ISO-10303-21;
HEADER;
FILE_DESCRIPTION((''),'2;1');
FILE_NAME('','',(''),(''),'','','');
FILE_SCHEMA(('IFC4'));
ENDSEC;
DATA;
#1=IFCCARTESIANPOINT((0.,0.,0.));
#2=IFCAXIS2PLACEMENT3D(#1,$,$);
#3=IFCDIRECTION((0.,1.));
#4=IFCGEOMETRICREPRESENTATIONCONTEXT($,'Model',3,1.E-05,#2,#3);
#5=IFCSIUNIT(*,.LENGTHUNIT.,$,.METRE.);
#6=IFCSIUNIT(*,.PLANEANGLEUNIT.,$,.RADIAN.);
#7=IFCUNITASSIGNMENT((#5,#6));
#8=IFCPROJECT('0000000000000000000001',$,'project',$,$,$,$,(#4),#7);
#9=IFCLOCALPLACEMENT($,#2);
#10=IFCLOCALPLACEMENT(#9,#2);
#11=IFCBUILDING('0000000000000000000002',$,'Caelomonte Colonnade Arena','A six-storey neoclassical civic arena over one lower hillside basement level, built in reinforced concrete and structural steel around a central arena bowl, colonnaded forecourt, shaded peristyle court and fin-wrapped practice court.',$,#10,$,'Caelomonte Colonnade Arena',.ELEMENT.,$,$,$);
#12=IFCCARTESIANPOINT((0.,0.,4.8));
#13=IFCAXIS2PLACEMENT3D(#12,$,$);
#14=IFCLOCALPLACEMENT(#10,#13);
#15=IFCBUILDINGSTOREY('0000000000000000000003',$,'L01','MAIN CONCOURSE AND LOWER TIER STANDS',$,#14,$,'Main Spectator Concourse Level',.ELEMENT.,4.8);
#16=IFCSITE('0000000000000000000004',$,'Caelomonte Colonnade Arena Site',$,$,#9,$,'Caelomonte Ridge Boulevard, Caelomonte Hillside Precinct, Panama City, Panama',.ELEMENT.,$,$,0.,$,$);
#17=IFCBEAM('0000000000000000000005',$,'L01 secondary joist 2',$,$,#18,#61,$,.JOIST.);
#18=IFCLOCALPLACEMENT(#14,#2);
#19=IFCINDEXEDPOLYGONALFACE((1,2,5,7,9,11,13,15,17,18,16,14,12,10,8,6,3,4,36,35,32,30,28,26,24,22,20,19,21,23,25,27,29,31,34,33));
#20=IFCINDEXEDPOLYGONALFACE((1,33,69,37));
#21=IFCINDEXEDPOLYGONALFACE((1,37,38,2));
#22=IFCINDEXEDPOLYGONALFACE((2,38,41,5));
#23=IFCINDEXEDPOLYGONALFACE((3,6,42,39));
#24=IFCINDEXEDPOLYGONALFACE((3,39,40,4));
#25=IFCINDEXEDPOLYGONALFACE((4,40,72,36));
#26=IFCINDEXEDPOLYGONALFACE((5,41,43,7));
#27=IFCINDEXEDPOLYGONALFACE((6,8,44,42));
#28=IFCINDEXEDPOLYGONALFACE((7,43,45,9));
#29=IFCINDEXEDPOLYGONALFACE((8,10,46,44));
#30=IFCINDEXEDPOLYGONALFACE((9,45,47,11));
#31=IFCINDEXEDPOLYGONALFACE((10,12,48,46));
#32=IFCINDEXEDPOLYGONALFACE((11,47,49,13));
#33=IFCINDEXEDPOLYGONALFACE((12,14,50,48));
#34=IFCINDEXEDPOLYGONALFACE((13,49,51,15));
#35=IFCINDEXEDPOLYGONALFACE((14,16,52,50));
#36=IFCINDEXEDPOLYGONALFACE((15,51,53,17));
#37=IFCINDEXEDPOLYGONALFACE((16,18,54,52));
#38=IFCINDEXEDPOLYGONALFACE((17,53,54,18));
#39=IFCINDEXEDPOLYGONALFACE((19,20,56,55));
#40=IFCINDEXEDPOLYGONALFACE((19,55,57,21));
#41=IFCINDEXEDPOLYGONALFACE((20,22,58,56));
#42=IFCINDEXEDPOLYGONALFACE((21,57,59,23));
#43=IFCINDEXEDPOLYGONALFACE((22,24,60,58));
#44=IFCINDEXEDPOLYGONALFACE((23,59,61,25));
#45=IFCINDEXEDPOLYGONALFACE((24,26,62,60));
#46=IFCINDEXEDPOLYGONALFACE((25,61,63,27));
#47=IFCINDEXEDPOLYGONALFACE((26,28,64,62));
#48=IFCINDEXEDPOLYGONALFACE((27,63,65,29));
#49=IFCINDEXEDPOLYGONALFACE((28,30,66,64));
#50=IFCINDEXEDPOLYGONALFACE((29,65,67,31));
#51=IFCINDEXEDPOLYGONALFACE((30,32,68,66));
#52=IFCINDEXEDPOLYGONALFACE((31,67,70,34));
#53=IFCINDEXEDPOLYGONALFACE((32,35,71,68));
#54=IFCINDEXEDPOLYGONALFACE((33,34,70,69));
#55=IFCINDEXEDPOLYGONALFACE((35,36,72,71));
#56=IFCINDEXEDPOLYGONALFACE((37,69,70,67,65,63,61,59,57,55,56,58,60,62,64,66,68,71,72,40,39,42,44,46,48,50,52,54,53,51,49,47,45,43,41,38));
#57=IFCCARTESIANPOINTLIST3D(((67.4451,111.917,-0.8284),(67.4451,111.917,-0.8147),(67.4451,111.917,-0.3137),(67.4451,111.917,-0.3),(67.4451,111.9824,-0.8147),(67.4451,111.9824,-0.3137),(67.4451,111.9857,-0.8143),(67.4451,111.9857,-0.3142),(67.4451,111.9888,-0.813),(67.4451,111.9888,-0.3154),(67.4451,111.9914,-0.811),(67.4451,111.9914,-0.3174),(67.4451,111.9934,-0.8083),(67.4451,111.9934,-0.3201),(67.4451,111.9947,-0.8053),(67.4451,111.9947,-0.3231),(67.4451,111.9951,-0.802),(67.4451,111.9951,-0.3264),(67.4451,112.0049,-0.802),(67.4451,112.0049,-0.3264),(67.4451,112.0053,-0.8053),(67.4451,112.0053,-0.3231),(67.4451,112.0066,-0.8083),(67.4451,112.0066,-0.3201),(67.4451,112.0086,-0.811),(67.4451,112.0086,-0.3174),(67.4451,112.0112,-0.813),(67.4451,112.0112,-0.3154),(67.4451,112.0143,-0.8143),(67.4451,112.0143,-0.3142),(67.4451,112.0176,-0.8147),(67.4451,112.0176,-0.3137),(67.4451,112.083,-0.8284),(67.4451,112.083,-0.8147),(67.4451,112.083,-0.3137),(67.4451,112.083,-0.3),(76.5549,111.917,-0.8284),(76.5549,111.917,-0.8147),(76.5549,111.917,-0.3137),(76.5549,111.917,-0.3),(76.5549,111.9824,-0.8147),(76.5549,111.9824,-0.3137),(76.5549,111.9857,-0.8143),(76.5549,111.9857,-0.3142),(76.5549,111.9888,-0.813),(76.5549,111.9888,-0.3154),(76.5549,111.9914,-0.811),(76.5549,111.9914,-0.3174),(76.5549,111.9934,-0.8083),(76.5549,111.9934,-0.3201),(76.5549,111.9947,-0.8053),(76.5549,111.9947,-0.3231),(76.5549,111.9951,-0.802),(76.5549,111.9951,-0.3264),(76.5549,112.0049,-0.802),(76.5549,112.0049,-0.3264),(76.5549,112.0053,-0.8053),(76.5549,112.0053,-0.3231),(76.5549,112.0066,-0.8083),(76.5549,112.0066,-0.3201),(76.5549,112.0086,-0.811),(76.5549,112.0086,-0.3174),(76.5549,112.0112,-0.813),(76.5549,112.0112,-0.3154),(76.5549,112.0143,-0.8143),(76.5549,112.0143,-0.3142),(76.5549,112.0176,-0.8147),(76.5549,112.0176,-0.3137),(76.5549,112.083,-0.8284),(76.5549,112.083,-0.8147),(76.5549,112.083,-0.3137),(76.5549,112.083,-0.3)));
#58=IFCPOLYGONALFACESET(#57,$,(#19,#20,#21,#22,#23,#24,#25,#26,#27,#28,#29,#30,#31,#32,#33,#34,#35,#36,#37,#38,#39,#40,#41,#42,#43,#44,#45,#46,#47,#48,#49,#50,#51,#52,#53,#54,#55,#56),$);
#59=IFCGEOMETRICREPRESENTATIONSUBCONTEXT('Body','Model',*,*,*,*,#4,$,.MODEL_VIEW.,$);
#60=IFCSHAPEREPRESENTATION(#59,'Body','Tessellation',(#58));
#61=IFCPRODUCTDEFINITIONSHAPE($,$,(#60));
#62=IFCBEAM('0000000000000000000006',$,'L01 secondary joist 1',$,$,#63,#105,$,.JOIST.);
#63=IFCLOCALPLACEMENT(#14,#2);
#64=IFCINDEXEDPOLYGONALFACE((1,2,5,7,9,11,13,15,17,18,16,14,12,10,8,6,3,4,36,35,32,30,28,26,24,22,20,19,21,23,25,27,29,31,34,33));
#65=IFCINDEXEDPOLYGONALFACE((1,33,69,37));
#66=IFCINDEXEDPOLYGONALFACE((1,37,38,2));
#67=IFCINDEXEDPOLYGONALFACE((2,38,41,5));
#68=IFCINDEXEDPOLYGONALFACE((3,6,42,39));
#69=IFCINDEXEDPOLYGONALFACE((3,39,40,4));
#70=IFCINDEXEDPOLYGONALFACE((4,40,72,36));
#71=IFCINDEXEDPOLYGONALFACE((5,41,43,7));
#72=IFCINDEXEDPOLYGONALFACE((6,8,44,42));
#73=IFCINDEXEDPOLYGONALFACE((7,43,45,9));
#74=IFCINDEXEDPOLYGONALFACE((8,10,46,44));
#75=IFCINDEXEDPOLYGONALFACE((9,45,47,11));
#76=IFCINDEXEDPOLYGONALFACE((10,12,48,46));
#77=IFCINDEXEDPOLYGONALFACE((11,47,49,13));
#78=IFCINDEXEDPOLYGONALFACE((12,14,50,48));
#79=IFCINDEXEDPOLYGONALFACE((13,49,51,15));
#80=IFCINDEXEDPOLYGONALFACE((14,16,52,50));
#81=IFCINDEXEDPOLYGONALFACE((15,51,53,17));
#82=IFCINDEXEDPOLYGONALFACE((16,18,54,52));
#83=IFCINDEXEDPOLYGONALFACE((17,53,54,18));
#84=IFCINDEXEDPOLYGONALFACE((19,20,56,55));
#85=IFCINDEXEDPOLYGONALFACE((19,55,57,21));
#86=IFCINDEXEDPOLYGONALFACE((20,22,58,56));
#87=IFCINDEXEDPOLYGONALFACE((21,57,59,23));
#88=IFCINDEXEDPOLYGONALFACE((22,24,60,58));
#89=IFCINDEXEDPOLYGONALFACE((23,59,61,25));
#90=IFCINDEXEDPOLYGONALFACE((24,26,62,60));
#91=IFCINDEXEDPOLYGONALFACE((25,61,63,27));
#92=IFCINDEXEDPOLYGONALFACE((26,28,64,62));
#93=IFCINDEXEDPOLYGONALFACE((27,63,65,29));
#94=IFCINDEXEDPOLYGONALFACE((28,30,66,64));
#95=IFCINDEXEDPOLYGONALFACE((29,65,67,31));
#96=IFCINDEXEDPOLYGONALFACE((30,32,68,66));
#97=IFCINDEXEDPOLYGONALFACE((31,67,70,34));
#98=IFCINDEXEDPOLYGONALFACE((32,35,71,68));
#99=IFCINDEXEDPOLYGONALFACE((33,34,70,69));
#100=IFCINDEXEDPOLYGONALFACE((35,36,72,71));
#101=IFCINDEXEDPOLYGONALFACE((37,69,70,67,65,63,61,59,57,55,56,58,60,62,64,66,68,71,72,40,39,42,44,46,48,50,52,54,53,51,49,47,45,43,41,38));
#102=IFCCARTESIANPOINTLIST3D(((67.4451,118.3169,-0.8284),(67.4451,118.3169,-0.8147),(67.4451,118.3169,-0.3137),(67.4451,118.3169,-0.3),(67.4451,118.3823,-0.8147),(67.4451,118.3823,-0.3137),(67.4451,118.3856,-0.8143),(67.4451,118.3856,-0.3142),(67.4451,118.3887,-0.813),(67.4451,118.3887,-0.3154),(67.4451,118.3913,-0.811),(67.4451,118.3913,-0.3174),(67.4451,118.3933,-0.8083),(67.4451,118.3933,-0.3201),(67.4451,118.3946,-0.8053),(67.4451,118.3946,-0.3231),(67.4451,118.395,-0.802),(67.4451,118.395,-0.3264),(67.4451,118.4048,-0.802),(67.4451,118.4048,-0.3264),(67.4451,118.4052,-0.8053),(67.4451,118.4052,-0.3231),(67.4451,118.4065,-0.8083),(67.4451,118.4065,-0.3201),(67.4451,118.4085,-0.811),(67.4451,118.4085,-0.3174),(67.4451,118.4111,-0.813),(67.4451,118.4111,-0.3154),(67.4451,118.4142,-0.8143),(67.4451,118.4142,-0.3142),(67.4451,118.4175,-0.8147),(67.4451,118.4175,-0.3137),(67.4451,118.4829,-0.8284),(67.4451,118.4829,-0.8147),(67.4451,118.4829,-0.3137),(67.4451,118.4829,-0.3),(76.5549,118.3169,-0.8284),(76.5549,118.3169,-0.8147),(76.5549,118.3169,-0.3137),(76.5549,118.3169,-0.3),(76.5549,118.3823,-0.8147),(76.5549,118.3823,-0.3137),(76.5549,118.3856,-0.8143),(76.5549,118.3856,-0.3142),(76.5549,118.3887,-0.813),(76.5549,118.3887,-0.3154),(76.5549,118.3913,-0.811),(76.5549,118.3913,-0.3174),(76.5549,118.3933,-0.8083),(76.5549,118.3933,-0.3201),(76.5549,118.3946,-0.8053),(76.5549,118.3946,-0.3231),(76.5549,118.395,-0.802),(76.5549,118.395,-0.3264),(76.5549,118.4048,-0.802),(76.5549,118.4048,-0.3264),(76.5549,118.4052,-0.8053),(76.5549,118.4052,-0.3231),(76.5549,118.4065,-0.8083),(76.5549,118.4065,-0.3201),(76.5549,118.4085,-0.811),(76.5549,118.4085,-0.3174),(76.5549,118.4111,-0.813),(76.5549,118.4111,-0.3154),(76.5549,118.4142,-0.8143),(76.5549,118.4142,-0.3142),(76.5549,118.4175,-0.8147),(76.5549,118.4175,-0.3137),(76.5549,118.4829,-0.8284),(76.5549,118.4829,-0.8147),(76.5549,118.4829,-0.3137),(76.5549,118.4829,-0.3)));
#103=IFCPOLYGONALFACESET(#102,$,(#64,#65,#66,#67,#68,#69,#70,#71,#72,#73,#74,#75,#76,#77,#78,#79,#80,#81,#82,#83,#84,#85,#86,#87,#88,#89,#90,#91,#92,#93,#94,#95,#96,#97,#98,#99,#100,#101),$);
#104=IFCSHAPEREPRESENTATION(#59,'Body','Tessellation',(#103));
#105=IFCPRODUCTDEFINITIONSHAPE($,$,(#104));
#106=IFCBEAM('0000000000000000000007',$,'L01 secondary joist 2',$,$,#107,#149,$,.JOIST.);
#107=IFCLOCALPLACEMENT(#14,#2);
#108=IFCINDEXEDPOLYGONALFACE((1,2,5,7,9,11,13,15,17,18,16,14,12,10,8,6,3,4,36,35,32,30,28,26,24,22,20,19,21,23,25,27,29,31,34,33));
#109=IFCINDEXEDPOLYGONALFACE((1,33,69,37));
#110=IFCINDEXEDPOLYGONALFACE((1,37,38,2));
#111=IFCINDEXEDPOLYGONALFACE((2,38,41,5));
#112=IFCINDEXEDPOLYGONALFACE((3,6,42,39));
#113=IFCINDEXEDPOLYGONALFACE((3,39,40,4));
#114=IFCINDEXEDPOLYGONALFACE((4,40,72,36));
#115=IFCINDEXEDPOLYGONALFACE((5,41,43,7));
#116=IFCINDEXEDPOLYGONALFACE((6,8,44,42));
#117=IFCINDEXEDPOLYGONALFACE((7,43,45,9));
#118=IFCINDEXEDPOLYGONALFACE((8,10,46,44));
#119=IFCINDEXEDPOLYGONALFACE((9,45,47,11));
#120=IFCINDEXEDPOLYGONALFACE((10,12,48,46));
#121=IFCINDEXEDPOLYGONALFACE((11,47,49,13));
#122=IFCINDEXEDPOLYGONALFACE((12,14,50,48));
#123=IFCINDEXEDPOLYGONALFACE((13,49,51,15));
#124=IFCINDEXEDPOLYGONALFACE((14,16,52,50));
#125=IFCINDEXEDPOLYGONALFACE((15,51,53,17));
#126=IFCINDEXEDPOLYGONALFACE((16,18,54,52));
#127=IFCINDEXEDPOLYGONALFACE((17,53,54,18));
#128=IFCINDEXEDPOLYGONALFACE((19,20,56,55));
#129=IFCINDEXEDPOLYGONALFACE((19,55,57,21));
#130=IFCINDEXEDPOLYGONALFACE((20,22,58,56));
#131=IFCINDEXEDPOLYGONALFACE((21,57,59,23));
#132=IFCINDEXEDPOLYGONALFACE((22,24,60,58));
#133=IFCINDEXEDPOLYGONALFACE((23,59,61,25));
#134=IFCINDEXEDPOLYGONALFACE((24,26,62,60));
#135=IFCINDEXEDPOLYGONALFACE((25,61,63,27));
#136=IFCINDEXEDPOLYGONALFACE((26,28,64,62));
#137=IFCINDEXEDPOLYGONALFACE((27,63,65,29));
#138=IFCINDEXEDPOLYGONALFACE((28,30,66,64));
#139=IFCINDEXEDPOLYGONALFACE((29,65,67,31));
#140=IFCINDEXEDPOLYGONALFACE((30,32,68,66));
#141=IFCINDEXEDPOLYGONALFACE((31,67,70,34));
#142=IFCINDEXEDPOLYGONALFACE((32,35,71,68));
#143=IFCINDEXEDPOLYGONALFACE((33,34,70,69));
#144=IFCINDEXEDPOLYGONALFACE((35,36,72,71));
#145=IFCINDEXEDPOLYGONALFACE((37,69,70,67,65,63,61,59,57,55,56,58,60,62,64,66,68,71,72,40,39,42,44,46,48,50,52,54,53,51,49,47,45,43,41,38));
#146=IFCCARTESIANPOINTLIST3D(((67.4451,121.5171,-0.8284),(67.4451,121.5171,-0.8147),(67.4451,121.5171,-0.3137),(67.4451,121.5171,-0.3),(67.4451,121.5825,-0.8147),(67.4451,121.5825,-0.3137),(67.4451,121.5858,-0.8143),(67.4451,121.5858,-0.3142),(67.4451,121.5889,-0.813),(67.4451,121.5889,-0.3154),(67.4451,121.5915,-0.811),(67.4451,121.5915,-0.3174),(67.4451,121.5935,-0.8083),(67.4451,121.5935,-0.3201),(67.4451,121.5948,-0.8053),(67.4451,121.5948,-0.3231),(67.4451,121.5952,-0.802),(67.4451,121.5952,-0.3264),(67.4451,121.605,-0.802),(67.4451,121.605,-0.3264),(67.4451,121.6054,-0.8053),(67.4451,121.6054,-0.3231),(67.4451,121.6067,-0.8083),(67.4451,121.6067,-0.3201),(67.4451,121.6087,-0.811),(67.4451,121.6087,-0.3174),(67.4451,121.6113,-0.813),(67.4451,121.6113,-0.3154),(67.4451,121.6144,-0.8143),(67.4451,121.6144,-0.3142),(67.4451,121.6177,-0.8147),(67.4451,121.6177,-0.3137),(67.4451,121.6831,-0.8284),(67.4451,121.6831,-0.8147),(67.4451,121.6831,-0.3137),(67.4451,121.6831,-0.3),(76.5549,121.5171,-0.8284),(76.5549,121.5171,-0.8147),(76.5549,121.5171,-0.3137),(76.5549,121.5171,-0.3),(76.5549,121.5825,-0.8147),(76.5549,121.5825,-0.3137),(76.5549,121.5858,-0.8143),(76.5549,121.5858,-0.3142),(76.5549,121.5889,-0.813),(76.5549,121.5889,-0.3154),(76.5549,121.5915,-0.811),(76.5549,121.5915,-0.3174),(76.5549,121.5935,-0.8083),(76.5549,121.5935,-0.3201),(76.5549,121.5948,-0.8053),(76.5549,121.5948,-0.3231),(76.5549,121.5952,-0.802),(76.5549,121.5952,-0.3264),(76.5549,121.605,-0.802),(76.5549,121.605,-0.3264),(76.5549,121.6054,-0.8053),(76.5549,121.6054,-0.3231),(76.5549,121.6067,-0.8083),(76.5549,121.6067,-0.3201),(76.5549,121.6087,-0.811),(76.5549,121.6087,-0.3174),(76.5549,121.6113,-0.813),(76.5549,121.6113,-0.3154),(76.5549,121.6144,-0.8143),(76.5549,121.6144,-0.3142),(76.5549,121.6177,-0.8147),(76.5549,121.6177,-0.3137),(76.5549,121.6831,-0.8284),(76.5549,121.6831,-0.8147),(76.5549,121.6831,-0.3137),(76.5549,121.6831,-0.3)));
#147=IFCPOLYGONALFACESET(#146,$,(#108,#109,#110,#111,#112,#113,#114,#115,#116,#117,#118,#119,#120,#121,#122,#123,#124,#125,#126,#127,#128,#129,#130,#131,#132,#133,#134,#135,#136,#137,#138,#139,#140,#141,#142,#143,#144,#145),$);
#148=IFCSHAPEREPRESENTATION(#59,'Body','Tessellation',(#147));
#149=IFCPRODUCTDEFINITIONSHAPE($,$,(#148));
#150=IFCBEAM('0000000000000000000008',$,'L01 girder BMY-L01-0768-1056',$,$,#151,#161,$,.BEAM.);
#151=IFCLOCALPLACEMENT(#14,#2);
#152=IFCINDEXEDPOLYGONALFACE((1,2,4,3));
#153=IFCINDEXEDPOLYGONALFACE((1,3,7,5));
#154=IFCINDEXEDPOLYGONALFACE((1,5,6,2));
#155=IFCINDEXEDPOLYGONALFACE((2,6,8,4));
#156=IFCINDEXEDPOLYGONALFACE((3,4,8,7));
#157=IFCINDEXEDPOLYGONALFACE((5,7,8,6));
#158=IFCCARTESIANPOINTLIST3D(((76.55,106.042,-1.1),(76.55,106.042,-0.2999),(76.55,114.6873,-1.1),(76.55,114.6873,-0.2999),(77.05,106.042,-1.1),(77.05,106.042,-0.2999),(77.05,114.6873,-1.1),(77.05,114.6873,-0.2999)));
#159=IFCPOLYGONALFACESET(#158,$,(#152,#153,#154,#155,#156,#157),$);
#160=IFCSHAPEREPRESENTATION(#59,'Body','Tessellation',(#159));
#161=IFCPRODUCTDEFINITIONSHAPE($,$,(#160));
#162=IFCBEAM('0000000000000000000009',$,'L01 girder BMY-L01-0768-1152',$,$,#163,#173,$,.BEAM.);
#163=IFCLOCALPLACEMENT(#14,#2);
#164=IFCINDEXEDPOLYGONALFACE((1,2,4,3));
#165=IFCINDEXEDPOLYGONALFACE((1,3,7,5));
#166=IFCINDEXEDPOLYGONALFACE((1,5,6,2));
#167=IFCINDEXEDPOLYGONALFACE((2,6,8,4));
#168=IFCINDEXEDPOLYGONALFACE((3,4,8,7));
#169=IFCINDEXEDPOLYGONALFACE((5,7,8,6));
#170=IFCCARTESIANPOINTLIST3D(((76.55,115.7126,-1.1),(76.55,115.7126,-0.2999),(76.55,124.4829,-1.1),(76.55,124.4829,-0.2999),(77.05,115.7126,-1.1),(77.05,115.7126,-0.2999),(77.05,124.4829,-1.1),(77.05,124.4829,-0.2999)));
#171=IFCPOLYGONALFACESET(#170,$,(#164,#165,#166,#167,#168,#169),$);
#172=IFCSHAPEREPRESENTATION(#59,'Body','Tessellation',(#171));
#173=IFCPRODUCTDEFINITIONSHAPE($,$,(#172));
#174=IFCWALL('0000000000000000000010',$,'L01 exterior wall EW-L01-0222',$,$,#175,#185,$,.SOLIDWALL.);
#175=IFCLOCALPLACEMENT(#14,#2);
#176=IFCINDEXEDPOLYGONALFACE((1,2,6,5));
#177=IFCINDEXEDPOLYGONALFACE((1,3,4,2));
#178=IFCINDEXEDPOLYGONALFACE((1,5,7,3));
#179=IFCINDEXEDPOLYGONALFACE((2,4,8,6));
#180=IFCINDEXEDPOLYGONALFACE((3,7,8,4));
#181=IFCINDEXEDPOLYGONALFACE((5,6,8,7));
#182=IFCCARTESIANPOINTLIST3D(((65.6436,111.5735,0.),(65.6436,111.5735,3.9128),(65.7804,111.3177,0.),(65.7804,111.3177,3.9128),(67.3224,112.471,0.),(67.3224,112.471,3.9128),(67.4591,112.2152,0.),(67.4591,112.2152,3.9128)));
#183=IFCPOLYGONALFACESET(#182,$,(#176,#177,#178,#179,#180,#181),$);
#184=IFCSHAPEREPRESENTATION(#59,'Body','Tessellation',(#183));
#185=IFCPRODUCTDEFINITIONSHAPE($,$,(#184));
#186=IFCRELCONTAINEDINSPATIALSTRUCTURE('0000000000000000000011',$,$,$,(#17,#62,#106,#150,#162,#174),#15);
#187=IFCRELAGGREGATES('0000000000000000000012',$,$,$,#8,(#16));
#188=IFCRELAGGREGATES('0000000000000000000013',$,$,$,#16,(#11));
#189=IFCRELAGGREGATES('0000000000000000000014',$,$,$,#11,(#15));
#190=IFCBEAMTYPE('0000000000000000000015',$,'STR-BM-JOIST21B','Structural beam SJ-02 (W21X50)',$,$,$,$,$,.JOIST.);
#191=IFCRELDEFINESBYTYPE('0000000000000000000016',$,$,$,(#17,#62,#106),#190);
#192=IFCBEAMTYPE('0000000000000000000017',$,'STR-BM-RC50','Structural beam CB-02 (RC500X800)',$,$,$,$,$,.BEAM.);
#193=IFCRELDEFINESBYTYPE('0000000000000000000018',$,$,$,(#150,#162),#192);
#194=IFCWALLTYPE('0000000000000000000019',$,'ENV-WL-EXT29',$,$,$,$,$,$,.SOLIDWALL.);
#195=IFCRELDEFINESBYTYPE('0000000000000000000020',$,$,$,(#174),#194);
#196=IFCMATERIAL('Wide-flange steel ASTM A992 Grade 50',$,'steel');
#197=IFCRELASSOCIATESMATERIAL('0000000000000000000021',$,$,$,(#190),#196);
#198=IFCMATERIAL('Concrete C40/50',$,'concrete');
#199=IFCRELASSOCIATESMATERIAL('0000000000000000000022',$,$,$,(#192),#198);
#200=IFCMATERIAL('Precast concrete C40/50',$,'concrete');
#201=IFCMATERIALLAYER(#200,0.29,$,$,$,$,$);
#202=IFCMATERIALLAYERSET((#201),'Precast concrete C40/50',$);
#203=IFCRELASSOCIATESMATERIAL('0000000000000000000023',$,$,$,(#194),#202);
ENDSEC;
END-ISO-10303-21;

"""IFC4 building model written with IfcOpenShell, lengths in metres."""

from ifc_helpers import new_model, si_unit, direction, frame, frame_2d, origin, origin_2d, place, context, subcontext, project, spatial, rectangle, i_section, extrude, material, layer, layer_set, material_profile, profile_set, type_object, element, save


model = new_model("IFC4")

# Units and contexts
model_context = context("Model", 3, precision=1e-05, world=origin(), true_north=direction((0.0, 1.0)))
body_context = subcontext(model_context, "Body", "Model", "MODEL_VIEW")
ifc_project = project(units=[si_unit("LENGTHUNIT", "METRE"), si_unit("PLANEANGLEUNIT", "RADIAN")], contexts=[model_context])

# Site, building, storey
site_placement = place(None, origin())
site = spatial("IfcSite", under=ifc_project, at=site_placement, Name="Caelomonte Colonnade Arena Site", LongName="Caelomonte Ridge Boulevard, Caelomonte Hillside Precinct, Panama City, Panama", CompositionType="ELEMENT", RefElevation=0.0)
building_placement = place(site_placement, origin())
building = spatial("IfcBuilding", under=site, at=building_placement, Name="Caelomonte Colonnade Arena", Description="A six-storey neoclassical civic arena over one lower hillside basement level, built in reinforced concrete and structural steel around a central arena bowl, colonnaded forecourt, shaded peristyle court and fin-wrapped practice court.", LongName="Caelomonte Colonnade Arena", CompositionType="ELEMENT")
storey_placement = place(building_placement, frame((0.0, 0.0, 4.8)))
storey = spatial("IfcBuildingStorey", under=building, at=storey_placement, Name="L01", Description="MAIN CONCOURSE AND LOWER TIER STANDS", LongName="Main Spectator Concourse Level", CompositionType="ELEMENT", Elevation=4.8)

# Shared definitions
ifc_material_1 = material(Name="Wide-flange steel ASTM A992 Grade 50", Category="steel")

# Beams
ifc_material_profile_1 = material_profile(ifc_material_1, i_section(OverallWidth=0.166, OverallDepth=0.5283, WebThickness=0.0098, FlangeThickness=0.0137, FilletRadius=0.0127, at=origin_2d()), Name="W21X50")
ifc_profile_set_1 = profile_set([ifc_material_profile_1], Name="Wide-flange steel ASTM A992 Grade 50")
beam_type_1 = type_object("IfcBeamType", Name="STR-BM-JOIST21B", Description="Structural beam SJ-02 (W21X50)", PredefinedType="JOIST", material=ifc_profile_set_1)
for number, where, z_axis, x_axis, name in (
    (1, (67.4451, 112.0, -0.5642), (1.0, 0.0, 0.0), (0.0, 1.0, 0.0), "L01 secondary joist 2"),
    (2, (67.4451, 118.3999, -0.5642), (1.0, 0.0, 0.0), (0.0, 1.0, 0.0), "L01 secondary joist 1"),
    (3, (67.4451, 121.6001, -0.5642), (1.0, 0.0, 0.0), (0.0, 1.0, 0.0), "L01 secondary joist 2"),
):
    element("IfcBeam", number, at=place(storey_placement, frame(where, z_axis=z_axis, x_axis=x_axis)), inside=storey, type_object=beam_type_1, Name=name, PredefinedType="JOIST", context=body_context, shape_type="SweptSolid", body=[
        extrude(i_section(OverallWidth=0.166, OverallDepth=0.5283, WebThickness=0.0098, FlangeThickness=0.0137, FilletRadius=0.0127, at=origin_2d()), origin(), (0.0, 0.0, 1.0), 9.1099),
    ])
ifc_material_2 = material(Name="Concrete C40/50", Category="concrete")
ifc_material_profile_2 = material_profile(ifc_material_2, rectangle(XDim=0.5, YDim=0.8, at=origin_2d()), Name="RC500X800")
ifc_profile_set_2 = profile_set([ifc_material_profile_2], Name="Concrete C40/50")
beam_type_2 = type_object("IfcBeamType", Name="STR-BM-RC50", Description="Structural beam CB-02 (RC500X800)", PredefinedType="BEAM", material=ifc_profile_set_2)
beam_1_placement = place(storey_placement, frame((76.8, 106.042, -0.7), z_axis=(0.0, 1.0, 0.0), x_axis=(-1.0, 0.0, 0.0)))
element("IfcBeam", 4, at=beam_1_placement, inside=storey, type_object=beam_type_2, Name="L01 girder BMY-L01-0768-1056", PredefinedType="BEAM", context=body_context, shape_type="SweptSolid", body=[
    extrude(rectangle(XDim=0.5, YDim=0.8, at=origin_2d()), origin(), (0.0, 0.0, 1.0), 8.6453),
])
beam_2_placement = place(storey_placement, frame((76.8, 115.7126, -0.7), z_axis=(0.0, 1.0, 0.0), x_axis=(-1.0, 0.0, 0.0)))
element("IfcBeam", 5, at=beam_2_placement, inside=storey, type_object=beam_type_2, Name="L01 girder BMY-L01-0768-1152", PredefinedType="BEAM", context=body_context, shape_type="SweptSolid", body=[
    extrude(rectangle(XDim=0.5, YDim=0.8, at=origin_2d()), origin(), (0.0, 0.0, 1.0), 8.7703),
])

# Wall
ifc_material_3 = material(Name="Precast concrete C40/50", Category="concrete")
ifc_layer_1 = layer(ifc_material_3, 0.29)
ifc_layer_set_1 = layer_set([ifc_layer_1], Name="Precast concrete C40/50")
wall_type_1 = type_object("IfcWallType", Name="ENV-WL-EXT29", PredefinedType="SOLIDWALL", material=ifc_layer_set_1)
wall_1_placement = place(storey_placement, frame((67.3906, 112.343, 0.0), z_axis=(0.0, 0.0, 1.0), x_axis=(-0.881884, -0.471467, 0.0)))
element("IfcWall", 6, at=wall_1_placement, inside=storey, type_object=wall_type_1, Name="L01 exterior wall EW-L01-0222", PredefinedType="SOLIDWALL", context=body_context, shape_type="SweptSolid", body=[
    extrude(rectangle(XDim=1.9036, YDim=0.29, at=frame_2d((0.9517, 0.0))), origin(), (0.0, 0.0, 1.0), 3.9128),
])

save(model, "model.ifc")
